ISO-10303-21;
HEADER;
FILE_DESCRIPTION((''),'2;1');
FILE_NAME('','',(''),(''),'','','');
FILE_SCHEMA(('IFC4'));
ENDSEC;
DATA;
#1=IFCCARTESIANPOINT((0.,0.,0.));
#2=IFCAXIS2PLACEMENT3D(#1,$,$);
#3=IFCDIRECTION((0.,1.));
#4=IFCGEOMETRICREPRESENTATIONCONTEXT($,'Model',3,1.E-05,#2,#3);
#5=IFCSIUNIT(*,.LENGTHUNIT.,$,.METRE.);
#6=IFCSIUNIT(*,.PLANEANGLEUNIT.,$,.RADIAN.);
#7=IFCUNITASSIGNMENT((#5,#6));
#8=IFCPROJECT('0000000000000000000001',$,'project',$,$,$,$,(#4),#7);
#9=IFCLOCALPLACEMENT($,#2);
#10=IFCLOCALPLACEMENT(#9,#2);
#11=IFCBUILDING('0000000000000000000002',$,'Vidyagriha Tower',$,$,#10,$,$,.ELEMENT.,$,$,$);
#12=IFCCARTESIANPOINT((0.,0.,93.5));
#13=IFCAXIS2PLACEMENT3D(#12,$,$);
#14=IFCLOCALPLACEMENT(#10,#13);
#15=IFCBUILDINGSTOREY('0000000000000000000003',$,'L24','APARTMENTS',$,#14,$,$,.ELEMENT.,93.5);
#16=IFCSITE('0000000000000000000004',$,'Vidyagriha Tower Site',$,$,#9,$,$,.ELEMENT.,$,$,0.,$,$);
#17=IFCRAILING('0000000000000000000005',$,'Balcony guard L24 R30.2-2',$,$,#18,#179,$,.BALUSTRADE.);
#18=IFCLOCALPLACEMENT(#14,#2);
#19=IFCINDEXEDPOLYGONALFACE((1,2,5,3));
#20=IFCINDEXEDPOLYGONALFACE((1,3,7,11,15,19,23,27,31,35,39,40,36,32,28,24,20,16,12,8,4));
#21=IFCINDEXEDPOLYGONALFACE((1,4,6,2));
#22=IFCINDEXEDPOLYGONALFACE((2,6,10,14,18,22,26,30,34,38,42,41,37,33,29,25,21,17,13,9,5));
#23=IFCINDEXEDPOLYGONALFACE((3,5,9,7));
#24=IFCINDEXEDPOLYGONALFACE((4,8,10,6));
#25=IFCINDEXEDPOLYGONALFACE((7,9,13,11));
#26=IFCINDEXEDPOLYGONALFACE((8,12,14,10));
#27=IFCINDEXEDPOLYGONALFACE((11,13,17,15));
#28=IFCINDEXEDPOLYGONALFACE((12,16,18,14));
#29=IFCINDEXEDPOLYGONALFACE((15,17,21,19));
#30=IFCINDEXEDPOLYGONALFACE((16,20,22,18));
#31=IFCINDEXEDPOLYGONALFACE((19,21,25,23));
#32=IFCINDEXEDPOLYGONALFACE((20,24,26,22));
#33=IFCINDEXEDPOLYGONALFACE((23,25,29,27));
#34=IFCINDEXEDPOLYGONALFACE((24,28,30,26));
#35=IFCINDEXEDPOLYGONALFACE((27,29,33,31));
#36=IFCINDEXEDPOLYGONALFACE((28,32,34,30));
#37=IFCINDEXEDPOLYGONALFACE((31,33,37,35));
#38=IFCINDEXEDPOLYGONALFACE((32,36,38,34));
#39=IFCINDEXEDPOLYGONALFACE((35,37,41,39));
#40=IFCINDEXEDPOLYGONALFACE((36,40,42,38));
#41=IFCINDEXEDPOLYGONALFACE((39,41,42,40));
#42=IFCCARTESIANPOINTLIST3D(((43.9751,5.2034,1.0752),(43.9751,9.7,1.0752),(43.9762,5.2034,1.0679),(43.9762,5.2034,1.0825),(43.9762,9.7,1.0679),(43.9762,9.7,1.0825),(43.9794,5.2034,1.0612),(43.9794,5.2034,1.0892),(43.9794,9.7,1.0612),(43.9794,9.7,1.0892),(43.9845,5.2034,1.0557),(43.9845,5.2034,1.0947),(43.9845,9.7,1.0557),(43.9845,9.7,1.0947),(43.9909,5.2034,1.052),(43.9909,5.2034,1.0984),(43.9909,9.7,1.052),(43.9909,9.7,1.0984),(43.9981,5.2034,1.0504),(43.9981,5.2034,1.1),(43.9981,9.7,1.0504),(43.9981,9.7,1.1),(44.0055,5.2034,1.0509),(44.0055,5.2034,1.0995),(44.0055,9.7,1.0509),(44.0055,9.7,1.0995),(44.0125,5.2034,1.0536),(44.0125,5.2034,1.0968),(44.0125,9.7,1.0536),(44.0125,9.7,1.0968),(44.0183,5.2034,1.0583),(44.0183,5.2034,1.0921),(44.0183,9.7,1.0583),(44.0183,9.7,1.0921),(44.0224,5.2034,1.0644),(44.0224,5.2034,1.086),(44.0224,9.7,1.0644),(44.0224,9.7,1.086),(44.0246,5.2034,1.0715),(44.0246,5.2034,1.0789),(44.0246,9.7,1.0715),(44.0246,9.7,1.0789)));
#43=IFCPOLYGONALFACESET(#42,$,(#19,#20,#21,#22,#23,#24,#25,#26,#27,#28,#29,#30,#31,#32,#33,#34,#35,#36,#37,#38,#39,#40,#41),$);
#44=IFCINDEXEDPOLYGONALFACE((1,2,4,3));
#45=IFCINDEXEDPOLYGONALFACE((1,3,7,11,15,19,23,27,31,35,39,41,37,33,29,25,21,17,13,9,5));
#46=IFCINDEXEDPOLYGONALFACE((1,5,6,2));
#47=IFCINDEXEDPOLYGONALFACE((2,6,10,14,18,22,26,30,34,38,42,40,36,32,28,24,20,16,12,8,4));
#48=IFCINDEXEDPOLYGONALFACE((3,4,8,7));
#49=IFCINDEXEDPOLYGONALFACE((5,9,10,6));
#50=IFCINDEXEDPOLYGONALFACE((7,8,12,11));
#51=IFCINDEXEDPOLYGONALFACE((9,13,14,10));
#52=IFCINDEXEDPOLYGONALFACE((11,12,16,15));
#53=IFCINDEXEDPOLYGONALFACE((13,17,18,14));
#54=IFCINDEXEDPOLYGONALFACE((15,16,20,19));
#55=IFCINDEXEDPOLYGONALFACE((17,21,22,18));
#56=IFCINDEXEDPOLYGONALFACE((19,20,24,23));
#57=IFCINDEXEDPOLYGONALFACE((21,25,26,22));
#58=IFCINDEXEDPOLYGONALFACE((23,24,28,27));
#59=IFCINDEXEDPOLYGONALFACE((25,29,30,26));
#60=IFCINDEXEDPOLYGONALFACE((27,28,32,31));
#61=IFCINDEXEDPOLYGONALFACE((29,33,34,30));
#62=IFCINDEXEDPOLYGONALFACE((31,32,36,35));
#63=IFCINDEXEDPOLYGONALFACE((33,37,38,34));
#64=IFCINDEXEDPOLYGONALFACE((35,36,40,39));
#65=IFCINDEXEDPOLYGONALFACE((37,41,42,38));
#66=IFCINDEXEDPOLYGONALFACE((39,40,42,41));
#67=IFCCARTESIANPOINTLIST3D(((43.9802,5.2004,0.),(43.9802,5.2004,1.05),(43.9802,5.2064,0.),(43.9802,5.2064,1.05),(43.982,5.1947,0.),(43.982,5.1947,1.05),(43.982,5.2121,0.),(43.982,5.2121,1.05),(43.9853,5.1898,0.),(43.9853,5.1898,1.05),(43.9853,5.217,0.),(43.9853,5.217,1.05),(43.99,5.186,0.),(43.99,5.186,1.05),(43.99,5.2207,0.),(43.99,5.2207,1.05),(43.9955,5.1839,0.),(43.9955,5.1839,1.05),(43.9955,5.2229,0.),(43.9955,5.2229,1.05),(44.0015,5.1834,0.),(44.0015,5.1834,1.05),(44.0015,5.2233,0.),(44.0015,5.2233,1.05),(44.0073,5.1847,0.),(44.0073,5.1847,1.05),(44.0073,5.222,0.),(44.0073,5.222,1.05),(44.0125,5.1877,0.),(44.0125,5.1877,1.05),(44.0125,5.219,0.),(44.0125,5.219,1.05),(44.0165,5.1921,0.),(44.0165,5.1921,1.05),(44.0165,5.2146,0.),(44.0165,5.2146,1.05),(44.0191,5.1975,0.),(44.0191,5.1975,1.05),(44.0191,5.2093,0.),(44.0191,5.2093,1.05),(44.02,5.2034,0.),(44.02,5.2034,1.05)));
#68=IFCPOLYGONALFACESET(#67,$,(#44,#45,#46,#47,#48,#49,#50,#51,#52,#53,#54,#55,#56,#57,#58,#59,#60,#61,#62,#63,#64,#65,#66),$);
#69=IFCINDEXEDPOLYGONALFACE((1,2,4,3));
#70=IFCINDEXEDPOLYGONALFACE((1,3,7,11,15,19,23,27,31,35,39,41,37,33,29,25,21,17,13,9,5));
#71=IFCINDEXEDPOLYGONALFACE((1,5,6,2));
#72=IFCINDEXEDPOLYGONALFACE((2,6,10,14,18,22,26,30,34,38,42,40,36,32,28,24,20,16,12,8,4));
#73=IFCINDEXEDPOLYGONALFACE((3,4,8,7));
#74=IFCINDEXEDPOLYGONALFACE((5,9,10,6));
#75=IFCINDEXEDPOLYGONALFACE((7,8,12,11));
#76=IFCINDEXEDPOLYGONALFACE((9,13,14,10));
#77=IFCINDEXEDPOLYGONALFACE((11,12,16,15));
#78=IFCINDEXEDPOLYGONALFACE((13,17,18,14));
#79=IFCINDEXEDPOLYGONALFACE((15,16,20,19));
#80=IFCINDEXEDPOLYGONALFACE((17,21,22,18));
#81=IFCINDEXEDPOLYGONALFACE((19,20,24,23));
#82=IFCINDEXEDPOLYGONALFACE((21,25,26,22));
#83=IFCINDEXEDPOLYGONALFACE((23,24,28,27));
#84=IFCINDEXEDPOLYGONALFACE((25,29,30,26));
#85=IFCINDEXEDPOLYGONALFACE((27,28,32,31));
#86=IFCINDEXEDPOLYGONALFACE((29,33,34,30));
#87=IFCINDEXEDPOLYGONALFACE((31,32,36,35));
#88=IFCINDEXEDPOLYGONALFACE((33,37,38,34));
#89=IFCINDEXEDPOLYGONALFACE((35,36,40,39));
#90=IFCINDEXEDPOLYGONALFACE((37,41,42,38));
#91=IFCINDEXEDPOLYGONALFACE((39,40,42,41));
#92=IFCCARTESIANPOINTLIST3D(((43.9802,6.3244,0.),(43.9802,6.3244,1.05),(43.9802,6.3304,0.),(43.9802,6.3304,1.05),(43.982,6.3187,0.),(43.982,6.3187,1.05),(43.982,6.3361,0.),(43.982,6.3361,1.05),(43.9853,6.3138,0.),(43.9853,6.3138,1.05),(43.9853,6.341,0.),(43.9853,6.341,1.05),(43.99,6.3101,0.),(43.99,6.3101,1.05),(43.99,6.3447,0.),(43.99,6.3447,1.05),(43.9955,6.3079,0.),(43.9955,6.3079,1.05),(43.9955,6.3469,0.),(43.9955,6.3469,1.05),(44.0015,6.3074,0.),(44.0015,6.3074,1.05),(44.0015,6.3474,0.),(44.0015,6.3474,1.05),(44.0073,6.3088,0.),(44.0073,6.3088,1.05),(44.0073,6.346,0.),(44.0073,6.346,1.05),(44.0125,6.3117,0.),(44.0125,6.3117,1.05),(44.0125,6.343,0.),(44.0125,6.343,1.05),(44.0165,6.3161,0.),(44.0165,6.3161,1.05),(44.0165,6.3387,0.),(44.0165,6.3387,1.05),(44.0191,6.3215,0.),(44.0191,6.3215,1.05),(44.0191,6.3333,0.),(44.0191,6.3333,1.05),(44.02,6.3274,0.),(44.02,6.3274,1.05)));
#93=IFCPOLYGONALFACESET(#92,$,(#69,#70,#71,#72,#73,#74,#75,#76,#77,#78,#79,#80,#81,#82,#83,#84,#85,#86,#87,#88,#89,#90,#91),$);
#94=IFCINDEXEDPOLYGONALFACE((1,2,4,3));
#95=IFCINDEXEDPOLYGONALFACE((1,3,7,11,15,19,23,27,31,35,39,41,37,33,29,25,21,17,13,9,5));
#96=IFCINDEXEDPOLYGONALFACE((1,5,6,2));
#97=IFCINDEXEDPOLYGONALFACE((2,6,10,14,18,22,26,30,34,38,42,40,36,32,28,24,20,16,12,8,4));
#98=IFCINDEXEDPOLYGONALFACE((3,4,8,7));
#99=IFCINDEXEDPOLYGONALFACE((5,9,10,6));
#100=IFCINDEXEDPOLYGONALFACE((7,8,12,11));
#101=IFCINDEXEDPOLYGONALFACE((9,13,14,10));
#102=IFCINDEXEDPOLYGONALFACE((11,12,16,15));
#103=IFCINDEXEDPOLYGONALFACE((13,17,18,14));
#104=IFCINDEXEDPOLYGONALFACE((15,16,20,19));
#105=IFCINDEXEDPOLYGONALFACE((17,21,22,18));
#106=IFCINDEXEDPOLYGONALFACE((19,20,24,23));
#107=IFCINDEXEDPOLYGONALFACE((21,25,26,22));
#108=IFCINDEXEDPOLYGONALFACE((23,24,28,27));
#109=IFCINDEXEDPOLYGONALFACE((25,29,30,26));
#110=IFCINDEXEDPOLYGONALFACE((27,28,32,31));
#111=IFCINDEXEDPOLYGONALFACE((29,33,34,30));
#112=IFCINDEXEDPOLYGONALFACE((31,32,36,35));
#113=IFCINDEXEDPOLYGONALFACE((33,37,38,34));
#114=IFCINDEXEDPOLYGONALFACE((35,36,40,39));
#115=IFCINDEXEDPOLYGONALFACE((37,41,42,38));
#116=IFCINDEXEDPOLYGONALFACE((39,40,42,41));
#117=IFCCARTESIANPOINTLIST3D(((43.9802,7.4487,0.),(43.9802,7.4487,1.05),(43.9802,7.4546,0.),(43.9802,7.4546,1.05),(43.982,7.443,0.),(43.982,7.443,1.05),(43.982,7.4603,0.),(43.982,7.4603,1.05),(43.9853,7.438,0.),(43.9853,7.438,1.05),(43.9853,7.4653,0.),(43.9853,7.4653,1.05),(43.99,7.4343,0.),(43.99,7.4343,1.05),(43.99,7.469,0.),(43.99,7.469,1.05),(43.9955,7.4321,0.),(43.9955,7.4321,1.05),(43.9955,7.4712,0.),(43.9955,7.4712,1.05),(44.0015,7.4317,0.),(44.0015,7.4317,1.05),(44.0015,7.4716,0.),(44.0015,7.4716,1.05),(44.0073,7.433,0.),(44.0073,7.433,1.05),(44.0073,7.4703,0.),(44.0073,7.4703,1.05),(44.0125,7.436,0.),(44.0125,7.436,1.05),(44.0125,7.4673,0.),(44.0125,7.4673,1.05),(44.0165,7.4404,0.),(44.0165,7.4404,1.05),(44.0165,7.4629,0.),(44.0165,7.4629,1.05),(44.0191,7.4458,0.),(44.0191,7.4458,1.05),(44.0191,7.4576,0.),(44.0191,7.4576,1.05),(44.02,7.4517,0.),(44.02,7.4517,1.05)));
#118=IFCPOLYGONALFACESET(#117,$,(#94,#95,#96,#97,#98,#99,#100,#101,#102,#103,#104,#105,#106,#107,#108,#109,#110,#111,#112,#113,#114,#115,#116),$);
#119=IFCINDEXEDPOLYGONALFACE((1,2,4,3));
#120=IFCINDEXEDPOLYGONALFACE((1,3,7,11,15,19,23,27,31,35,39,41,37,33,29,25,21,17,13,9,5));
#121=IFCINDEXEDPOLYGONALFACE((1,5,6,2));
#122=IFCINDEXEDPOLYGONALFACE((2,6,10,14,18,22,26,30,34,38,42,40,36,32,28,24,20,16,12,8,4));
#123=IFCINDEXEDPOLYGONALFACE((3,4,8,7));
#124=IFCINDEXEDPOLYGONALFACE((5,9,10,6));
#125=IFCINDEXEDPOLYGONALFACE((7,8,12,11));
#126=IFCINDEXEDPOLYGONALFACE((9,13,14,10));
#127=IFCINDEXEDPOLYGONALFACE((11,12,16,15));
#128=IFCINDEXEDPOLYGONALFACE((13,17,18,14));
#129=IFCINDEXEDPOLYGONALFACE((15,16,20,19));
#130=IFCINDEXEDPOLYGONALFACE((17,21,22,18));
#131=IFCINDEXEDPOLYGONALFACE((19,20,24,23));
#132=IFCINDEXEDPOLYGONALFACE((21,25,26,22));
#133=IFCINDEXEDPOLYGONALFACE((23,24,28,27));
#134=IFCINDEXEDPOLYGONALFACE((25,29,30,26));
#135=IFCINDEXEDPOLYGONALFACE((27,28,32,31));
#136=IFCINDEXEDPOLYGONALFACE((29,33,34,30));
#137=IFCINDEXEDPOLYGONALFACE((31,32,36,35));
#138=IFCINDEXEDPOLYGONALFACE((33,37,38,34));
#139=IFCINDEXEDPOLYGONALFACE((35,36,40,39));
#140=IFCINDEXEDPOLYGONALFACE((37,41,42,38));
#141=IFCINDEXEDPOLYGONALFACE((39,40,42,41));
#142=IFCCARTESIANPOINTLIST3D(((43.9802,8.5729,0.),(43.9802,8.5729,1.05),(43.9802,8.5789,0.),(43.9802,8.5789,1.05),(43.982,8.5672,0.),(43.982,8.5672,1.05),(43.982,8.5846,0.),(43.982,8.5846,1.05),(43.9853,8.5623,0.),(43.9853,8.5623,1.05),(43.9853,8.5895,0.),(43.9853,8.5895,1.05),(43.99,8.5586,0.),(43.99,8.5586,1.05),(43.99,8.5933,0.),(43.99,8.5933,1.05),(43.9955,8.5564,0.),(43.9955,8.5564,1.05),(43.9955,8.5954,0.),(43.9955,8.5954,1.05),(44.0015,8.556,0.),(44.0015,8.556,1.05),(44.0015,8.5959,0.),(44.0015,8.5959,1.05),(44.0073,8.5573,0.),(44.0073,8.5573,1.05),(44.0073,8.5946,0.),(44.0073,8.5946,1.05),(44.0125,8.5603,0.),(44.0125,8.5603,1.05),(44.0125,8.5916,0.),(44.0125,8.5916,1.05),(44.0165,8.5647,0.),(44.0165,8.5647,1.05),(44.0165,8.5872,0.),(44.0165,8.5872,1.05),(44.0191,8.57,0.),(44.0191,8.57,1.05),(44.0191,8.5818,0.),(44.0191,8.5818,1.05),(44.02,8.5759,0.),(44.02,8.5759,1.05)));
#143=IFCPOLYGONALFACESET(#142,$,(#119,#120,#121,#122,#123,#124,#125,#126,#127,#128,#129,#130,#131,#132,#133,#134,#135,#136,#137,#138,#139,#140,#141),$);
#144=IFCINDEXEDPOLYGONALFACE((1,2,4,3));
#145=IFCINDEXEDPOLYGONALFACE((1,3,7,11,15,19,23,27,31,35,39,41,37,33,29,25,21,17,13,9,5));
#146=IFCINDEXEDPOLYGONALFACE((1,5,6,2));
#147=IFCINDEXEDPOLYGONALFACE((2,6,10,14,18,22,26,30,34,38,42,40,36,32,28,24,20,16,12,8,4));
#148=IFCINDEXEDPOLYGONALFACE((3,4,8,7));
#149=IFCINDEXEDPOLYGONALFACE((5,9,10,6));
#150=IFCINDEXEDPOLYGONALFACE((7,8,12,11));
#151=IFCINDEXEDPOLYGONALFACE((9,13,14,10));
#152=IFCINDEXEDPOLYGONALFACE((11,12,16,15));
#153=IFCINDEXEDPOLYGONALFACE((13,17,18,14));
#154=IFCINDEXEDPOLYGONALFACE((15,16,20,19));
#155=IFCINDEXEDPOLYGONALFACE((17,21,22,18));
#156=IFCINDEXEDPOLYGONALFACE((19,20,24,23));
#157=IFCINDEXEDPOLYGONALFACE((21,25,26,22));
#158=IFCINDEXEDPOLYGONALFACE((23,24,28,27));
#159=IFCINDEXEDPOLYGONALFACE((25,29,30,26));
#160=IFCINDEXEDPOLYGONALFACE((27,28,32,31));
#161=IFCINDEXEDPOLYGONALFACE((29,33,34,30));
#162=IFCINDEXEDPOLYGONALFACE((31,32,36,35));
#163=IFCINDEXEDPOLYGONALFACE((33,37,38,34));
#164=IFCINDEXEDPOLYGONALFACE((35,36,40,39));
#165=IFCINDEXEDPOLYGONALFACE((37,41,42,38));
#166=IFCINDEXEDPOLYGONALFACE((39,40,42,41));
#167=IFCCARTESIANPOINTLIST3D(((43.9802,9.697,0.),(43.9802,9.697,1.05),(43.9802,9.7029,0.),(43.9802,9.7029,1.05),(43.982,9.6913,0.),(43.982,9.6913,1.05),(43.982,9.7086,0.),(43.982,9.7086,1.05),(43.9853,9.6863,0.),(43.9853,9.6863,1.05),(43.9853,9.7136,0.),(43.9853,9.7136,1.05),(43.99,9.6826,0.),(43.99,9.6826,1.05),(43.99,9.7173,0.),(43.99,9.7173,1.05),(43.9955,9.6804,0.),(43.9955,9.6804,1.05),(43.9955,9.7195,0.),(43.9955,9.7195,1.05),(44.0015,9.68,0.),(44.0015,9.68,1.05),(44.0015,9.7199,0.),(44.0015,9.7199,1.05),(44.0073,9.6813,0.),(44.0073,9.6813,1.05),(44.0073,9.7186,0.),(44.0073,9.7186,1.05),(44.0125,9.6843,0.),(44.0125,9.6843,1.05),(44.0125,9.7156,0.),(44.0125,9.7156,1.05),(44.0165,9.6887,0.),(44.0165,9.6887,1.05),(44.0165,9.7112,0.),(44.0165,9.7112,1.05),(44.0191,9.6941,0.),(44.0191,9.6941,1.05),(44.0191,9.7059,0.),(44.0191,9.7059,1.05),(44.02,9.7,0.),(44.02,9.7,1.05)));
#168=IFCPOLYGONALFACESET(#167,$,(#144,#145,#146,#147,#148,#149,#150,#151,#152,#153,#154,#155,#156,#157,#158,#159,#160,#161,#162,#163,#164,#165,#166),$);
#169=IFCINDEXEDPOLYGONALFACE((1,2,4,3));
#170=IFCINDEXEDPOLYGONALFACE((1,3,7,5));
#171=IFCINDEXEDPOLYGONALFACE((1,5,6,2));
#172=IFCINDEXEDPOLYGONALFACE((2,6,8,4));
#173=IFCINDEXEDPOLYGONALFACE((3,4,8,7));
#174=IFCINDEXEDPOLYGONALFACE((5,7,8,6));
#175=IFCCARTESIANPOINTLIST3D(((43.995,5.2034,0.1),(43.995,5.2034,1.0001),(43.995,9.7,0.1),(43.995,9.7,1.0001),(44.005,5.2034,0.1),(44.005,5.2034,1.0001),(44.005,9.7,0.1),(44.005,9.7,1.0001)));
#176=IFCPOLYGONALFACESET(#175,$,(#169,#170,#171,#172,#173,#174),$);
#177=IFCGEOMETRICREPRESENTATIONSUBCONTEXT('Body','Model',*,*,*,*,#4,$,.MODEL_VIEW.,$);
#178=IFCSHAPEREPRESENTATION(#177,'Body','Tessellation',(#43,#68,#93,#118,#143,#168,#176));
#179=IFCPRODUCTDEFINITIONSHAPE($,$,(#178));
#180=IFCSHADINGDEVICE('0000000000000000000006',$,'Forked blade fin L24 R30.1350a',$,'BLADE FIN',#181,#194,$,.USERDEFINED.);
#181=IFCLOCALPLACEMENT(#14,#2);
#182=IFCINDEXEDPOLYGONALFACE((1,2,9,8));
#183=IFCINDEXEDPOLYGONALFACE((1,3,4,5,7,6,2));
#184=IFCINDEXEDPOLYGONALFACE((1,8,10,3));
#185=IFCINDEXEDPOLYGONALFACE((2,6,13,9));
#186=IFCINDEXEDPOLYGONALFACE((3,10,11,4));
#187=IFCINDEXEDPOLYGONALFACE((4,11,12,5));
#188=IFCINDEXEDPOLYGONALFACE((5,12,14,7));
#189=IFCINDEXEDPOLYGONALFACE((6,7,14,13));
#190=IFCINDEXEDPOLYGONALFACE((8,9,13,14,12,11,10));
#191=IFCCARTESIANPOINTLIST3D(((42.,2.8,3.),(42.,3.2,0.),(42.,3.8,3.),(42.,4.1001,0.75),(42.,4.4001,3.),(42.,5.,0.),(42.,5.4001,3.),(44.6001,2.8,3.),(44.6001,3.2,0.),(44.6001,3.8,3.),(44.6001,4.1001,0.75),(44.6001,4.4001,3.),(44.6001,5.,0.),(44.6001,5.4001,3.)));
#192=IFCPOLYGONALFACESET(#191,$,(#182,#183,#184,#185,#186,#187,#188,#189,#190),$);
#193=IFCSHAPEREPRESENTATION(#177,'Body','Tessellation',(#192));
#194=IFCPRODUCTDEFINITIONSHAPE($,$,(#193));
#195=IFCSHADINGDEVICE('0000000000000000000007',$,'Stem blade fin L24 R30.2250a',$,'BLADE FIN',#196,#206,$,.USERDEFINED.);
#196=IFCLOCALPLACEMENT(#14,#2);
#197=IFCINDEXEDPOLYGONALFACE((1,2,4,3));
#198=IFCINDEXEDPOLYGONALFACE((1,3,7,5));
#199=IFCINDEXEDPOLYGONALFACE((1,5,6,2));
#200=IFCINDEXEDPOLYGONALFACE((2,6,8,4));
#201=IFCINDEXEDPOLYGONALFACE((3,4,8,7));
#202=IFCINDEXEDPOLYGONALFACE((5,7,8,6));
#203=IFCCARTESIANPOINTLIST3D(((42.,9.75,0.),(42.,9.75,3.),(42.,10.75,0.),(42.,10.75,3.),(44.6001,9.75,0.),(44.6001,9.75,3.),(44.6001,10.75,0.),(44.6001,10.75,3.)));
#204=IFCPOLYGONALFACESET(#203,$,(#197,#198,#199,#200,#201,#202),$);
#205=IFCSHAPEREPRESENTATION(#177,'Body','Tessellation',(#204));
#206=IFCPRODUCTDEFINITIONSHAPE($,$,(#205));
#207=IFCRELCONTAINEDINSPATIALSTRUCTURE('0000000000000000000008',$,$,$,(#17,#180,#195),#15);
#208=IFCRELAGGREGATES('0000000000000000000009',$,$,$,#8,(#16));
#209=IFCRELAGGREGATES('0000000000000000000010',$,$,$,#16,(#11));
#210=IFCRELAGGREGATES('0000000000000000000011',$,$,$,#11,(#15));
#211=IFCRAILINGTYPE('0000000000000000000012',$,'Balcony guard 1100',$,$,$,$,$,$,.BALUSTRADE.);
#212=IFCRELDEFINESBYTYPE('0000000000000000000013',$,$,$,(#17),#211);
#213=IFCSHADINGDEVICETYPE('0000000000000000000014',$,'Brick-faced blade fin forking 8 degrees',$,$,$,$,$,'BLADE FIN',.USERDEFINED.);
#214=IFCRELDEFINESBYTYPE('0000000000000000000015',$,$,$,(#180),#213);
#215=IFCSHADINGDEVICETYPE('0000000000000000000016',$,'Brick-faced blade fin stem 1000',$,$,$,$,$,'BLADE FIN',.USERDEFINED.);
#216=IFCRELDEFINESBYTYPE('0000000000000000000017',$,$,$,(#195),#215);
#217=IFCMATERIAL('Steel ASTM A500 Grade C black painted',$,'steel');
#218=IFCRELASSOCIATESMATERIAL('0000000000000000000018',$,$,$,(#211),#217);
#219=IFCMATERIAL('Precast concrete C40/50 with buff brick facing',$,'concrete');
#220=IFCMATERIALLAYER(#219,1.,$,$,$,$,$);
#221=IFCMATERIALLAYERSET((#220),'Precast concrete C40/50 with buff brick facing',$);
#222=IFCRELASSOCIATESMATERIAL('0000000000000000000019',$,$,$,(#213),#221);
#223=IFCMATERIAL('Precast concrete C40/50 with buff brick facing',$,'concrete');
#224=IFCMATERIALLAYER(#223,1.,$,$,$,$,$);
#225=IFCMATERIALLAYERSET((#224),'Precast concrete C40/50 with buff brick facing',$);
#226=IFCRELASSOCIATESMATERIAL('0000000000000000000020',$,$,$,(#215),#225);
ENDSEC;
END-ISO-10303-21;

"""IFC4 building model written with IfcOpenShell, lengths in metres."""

from ifc_helpers import new_model, si_unit, direction, frame, origin, origin_2d, place, context, subcontext, project, spatial, polyline, rectangle, circle, outline, extrude, material, layer, layer_set, type_object, element, save


model = new_model("IFC4")

# Units and contexts
model_context = context("Model", 3, precision=1e-05, world=origin(), true_north=direction((0.0, 1.0)))
body_context = subcontext(model_context, "Body", "Model", "MODEL_VIEW")
ifc_project = project(units=[si_unit("LENGTHUNIT", "METRE"), si_unit("PLANEANGLEUNIT", "RADIAN")], contexts=[model_context])

# Site, building, storey
site_placement = place(None, origin())
site = spatial("IfcSite", under=ifc_project, at=site_placement, Name="Vidyagriha Tower Site", CompositionType="ELEMENT", RefElevation=0.0)
building_placement = place(site_placement, origin())
building = spatial("IfcBuilding", under=site, at=building_placement, Name="Vidyagriha Tower", CompositionType="ELEMENT")
storey_placement = place(building_placement, frame((0.0, 0.0, 93.5)))
storey = spatial("IfcBuildingStorey", under=building, at=storey_placement, Name="L24", Description="APARTMENTS", CompositionType="ELEMENT", Elevation=93.5)

# Railing
ifc_material_1 = material(Name="Steel ASTM A500 Grade C black painted", Category="steel")
railing_type_1 = type_object("IfcRailingType", Name="Balcony guard 1100", PredefinedType="BALUSTRADE", material=ifc_material_1)
railing_1_placement = place(storey_placement, frame((44.0, 5.2034, 0.0)))
element("IfcRailing", 1, at=railing_1_placement, inside=storey, type_object=railing_type_1, Name="Balcony guard L24 R30.2-2", PredefinedType="BALUSTRADE", context=body_context, shape_type="SweptSolid", body=[
    extrude(circle(Radius=0.0249, at=origin_2d()), frame((0.0, 0.0, 1.0752), z_axis=(0.0, 1.0, 0.0), x_axis=(-1.0, 0.0, 0.0)), (0.0, 0.0, 1.0), 4.4966),
    extrude(circle(Radius=0.02, at=origin_2d()), origin(), (0.0, 0.0, 1.0), 1.05),
    extrude(circle(Radius=0.02, at=origin_2d()), frame((0.0, 1.124, 0.0)), (0.0, 0.0, 1.0), 1.05),
    extrude(circle(Radius=0.02, at=origin_2d()), frame((0.0, 2.2483, 0.0)), (0.0, 0.0, 1.0), 1.05),
    extrude(circle(Radius=0.02, at=origin_2d()), frame((0.0, 3.3726, 0.0)), (0.0, 0.0, 1.0), 1.05),
    extrude(circle(Radius=0.02, at=origin_2d()), frame((0.0, 4.4966, 0.0)), (0.0, 0.0, 1.0), 1.05),
    extrude(rectangle(XDim=0.01, YDim=0.9001, at=origin_2d()), frame((0.0, 0.0, 0.55), z_axis=(0.0, 1.0, 0.0), x_axis=(-1.0, 0.0, 0.0)), (0.0, 0.0, 1.0), 4.4966),
])

# Shading devices
ifc_material_2 = material(Name="Precast concrete C40/50 with buff brick facing", Category="concrete")
ifc_layer_1 = layer(ifc_material_2, 1.0)
ifc_layer_set_1 = layer_set([ifc_layer_1], Name="Precast concrete C40/50 with buff brick facing")
shading_device_type_1 = type_object("IfcShadingDeviceType", Name="Brick-faced blade fin forking 8 degrees", ElementType="BLADE FIN", PredefinedType="USERDEFINED", material=ifc_layer_set_1)
shading_device_1_placement = place(storey_placement, frame((43.3, 2.8, 0.0), z_axis=(0.0, 0.0, 1.0), x_axis=(0.0, 1.0, 0.0)))
element("IfcShadingDevice", 2, at=shading_device_1_placement, inside=storey, type_object=shading_device_type_1, Name="Forked blade fin L24 R30.1350a", ObjectType="BLADE FIN", PredefinedType="USERDEFINED", context=body_context, shape_type="SweptSolid", body=[
    extrude(outline(polyline([(0.3999, 0.0), (2.2, 0.0), (2.6001, 3.0), (1.6001, 3.0), (1.3, 0.75), (1.0, 3.0), (0.0, 3.0), (0.3999, 0.0)])), frame((0.0, 1.3, 0.0), z_axis=(0.0, -1.0, 0.0), x_axis=(1.0, 0.0, 0.0)), (0.0, 0.0, 1.0), 2.6001),
])
ifc_material_3 = material(Name="Precast concrete C40/50 with buff brick facing", Category="concrete")
ifc_layer_2 = layer(ifc_material_3, 1.0)
ifc_layer_set_2 = layer_set([ifc_layer_2], Name="Precast concrete C40/50 with buff brick facing")
shading_device_type_2 = type_object("IfcShadingDeviceType", Name="Brick-faced blade fin stem 1000", ElementType="BLADE FIN", PredefinedType="USERDEFINED", material=ifc_layer_set_2)
shading_device_2_placement = place(storey_placement, frame((43.3, 9.75, 0.0), z_axis=(0.0, 0.0, 1.0), x_axis=(0.0, 1.0, 0.0)))
element("IfcShadingDevice", 3, at=shading_device_2_placement, inside=storey, type_object=shading_device_type_2, Name="Stem blade fin L24 R30.2250a", ObjectType="BLADE FIN", PredefinedType="USERDEFINED", context=body_context, shape_type="SweptSolid", body=[
    extrude(outline(polyline([(0.0, 0.0), (1.0, 0.0), (1.0, 3.0), (0.0, 3.0), (0.0, 0.0)])), frame((0.0, 1.3, 0.0), z_axis=(0.0, -1.0, 0.0), x_axis=(1.0, 0.0, 0.0)), (0.0, 0.0, 1.0), 2.6001),
])

save(model, "model.ifc")
